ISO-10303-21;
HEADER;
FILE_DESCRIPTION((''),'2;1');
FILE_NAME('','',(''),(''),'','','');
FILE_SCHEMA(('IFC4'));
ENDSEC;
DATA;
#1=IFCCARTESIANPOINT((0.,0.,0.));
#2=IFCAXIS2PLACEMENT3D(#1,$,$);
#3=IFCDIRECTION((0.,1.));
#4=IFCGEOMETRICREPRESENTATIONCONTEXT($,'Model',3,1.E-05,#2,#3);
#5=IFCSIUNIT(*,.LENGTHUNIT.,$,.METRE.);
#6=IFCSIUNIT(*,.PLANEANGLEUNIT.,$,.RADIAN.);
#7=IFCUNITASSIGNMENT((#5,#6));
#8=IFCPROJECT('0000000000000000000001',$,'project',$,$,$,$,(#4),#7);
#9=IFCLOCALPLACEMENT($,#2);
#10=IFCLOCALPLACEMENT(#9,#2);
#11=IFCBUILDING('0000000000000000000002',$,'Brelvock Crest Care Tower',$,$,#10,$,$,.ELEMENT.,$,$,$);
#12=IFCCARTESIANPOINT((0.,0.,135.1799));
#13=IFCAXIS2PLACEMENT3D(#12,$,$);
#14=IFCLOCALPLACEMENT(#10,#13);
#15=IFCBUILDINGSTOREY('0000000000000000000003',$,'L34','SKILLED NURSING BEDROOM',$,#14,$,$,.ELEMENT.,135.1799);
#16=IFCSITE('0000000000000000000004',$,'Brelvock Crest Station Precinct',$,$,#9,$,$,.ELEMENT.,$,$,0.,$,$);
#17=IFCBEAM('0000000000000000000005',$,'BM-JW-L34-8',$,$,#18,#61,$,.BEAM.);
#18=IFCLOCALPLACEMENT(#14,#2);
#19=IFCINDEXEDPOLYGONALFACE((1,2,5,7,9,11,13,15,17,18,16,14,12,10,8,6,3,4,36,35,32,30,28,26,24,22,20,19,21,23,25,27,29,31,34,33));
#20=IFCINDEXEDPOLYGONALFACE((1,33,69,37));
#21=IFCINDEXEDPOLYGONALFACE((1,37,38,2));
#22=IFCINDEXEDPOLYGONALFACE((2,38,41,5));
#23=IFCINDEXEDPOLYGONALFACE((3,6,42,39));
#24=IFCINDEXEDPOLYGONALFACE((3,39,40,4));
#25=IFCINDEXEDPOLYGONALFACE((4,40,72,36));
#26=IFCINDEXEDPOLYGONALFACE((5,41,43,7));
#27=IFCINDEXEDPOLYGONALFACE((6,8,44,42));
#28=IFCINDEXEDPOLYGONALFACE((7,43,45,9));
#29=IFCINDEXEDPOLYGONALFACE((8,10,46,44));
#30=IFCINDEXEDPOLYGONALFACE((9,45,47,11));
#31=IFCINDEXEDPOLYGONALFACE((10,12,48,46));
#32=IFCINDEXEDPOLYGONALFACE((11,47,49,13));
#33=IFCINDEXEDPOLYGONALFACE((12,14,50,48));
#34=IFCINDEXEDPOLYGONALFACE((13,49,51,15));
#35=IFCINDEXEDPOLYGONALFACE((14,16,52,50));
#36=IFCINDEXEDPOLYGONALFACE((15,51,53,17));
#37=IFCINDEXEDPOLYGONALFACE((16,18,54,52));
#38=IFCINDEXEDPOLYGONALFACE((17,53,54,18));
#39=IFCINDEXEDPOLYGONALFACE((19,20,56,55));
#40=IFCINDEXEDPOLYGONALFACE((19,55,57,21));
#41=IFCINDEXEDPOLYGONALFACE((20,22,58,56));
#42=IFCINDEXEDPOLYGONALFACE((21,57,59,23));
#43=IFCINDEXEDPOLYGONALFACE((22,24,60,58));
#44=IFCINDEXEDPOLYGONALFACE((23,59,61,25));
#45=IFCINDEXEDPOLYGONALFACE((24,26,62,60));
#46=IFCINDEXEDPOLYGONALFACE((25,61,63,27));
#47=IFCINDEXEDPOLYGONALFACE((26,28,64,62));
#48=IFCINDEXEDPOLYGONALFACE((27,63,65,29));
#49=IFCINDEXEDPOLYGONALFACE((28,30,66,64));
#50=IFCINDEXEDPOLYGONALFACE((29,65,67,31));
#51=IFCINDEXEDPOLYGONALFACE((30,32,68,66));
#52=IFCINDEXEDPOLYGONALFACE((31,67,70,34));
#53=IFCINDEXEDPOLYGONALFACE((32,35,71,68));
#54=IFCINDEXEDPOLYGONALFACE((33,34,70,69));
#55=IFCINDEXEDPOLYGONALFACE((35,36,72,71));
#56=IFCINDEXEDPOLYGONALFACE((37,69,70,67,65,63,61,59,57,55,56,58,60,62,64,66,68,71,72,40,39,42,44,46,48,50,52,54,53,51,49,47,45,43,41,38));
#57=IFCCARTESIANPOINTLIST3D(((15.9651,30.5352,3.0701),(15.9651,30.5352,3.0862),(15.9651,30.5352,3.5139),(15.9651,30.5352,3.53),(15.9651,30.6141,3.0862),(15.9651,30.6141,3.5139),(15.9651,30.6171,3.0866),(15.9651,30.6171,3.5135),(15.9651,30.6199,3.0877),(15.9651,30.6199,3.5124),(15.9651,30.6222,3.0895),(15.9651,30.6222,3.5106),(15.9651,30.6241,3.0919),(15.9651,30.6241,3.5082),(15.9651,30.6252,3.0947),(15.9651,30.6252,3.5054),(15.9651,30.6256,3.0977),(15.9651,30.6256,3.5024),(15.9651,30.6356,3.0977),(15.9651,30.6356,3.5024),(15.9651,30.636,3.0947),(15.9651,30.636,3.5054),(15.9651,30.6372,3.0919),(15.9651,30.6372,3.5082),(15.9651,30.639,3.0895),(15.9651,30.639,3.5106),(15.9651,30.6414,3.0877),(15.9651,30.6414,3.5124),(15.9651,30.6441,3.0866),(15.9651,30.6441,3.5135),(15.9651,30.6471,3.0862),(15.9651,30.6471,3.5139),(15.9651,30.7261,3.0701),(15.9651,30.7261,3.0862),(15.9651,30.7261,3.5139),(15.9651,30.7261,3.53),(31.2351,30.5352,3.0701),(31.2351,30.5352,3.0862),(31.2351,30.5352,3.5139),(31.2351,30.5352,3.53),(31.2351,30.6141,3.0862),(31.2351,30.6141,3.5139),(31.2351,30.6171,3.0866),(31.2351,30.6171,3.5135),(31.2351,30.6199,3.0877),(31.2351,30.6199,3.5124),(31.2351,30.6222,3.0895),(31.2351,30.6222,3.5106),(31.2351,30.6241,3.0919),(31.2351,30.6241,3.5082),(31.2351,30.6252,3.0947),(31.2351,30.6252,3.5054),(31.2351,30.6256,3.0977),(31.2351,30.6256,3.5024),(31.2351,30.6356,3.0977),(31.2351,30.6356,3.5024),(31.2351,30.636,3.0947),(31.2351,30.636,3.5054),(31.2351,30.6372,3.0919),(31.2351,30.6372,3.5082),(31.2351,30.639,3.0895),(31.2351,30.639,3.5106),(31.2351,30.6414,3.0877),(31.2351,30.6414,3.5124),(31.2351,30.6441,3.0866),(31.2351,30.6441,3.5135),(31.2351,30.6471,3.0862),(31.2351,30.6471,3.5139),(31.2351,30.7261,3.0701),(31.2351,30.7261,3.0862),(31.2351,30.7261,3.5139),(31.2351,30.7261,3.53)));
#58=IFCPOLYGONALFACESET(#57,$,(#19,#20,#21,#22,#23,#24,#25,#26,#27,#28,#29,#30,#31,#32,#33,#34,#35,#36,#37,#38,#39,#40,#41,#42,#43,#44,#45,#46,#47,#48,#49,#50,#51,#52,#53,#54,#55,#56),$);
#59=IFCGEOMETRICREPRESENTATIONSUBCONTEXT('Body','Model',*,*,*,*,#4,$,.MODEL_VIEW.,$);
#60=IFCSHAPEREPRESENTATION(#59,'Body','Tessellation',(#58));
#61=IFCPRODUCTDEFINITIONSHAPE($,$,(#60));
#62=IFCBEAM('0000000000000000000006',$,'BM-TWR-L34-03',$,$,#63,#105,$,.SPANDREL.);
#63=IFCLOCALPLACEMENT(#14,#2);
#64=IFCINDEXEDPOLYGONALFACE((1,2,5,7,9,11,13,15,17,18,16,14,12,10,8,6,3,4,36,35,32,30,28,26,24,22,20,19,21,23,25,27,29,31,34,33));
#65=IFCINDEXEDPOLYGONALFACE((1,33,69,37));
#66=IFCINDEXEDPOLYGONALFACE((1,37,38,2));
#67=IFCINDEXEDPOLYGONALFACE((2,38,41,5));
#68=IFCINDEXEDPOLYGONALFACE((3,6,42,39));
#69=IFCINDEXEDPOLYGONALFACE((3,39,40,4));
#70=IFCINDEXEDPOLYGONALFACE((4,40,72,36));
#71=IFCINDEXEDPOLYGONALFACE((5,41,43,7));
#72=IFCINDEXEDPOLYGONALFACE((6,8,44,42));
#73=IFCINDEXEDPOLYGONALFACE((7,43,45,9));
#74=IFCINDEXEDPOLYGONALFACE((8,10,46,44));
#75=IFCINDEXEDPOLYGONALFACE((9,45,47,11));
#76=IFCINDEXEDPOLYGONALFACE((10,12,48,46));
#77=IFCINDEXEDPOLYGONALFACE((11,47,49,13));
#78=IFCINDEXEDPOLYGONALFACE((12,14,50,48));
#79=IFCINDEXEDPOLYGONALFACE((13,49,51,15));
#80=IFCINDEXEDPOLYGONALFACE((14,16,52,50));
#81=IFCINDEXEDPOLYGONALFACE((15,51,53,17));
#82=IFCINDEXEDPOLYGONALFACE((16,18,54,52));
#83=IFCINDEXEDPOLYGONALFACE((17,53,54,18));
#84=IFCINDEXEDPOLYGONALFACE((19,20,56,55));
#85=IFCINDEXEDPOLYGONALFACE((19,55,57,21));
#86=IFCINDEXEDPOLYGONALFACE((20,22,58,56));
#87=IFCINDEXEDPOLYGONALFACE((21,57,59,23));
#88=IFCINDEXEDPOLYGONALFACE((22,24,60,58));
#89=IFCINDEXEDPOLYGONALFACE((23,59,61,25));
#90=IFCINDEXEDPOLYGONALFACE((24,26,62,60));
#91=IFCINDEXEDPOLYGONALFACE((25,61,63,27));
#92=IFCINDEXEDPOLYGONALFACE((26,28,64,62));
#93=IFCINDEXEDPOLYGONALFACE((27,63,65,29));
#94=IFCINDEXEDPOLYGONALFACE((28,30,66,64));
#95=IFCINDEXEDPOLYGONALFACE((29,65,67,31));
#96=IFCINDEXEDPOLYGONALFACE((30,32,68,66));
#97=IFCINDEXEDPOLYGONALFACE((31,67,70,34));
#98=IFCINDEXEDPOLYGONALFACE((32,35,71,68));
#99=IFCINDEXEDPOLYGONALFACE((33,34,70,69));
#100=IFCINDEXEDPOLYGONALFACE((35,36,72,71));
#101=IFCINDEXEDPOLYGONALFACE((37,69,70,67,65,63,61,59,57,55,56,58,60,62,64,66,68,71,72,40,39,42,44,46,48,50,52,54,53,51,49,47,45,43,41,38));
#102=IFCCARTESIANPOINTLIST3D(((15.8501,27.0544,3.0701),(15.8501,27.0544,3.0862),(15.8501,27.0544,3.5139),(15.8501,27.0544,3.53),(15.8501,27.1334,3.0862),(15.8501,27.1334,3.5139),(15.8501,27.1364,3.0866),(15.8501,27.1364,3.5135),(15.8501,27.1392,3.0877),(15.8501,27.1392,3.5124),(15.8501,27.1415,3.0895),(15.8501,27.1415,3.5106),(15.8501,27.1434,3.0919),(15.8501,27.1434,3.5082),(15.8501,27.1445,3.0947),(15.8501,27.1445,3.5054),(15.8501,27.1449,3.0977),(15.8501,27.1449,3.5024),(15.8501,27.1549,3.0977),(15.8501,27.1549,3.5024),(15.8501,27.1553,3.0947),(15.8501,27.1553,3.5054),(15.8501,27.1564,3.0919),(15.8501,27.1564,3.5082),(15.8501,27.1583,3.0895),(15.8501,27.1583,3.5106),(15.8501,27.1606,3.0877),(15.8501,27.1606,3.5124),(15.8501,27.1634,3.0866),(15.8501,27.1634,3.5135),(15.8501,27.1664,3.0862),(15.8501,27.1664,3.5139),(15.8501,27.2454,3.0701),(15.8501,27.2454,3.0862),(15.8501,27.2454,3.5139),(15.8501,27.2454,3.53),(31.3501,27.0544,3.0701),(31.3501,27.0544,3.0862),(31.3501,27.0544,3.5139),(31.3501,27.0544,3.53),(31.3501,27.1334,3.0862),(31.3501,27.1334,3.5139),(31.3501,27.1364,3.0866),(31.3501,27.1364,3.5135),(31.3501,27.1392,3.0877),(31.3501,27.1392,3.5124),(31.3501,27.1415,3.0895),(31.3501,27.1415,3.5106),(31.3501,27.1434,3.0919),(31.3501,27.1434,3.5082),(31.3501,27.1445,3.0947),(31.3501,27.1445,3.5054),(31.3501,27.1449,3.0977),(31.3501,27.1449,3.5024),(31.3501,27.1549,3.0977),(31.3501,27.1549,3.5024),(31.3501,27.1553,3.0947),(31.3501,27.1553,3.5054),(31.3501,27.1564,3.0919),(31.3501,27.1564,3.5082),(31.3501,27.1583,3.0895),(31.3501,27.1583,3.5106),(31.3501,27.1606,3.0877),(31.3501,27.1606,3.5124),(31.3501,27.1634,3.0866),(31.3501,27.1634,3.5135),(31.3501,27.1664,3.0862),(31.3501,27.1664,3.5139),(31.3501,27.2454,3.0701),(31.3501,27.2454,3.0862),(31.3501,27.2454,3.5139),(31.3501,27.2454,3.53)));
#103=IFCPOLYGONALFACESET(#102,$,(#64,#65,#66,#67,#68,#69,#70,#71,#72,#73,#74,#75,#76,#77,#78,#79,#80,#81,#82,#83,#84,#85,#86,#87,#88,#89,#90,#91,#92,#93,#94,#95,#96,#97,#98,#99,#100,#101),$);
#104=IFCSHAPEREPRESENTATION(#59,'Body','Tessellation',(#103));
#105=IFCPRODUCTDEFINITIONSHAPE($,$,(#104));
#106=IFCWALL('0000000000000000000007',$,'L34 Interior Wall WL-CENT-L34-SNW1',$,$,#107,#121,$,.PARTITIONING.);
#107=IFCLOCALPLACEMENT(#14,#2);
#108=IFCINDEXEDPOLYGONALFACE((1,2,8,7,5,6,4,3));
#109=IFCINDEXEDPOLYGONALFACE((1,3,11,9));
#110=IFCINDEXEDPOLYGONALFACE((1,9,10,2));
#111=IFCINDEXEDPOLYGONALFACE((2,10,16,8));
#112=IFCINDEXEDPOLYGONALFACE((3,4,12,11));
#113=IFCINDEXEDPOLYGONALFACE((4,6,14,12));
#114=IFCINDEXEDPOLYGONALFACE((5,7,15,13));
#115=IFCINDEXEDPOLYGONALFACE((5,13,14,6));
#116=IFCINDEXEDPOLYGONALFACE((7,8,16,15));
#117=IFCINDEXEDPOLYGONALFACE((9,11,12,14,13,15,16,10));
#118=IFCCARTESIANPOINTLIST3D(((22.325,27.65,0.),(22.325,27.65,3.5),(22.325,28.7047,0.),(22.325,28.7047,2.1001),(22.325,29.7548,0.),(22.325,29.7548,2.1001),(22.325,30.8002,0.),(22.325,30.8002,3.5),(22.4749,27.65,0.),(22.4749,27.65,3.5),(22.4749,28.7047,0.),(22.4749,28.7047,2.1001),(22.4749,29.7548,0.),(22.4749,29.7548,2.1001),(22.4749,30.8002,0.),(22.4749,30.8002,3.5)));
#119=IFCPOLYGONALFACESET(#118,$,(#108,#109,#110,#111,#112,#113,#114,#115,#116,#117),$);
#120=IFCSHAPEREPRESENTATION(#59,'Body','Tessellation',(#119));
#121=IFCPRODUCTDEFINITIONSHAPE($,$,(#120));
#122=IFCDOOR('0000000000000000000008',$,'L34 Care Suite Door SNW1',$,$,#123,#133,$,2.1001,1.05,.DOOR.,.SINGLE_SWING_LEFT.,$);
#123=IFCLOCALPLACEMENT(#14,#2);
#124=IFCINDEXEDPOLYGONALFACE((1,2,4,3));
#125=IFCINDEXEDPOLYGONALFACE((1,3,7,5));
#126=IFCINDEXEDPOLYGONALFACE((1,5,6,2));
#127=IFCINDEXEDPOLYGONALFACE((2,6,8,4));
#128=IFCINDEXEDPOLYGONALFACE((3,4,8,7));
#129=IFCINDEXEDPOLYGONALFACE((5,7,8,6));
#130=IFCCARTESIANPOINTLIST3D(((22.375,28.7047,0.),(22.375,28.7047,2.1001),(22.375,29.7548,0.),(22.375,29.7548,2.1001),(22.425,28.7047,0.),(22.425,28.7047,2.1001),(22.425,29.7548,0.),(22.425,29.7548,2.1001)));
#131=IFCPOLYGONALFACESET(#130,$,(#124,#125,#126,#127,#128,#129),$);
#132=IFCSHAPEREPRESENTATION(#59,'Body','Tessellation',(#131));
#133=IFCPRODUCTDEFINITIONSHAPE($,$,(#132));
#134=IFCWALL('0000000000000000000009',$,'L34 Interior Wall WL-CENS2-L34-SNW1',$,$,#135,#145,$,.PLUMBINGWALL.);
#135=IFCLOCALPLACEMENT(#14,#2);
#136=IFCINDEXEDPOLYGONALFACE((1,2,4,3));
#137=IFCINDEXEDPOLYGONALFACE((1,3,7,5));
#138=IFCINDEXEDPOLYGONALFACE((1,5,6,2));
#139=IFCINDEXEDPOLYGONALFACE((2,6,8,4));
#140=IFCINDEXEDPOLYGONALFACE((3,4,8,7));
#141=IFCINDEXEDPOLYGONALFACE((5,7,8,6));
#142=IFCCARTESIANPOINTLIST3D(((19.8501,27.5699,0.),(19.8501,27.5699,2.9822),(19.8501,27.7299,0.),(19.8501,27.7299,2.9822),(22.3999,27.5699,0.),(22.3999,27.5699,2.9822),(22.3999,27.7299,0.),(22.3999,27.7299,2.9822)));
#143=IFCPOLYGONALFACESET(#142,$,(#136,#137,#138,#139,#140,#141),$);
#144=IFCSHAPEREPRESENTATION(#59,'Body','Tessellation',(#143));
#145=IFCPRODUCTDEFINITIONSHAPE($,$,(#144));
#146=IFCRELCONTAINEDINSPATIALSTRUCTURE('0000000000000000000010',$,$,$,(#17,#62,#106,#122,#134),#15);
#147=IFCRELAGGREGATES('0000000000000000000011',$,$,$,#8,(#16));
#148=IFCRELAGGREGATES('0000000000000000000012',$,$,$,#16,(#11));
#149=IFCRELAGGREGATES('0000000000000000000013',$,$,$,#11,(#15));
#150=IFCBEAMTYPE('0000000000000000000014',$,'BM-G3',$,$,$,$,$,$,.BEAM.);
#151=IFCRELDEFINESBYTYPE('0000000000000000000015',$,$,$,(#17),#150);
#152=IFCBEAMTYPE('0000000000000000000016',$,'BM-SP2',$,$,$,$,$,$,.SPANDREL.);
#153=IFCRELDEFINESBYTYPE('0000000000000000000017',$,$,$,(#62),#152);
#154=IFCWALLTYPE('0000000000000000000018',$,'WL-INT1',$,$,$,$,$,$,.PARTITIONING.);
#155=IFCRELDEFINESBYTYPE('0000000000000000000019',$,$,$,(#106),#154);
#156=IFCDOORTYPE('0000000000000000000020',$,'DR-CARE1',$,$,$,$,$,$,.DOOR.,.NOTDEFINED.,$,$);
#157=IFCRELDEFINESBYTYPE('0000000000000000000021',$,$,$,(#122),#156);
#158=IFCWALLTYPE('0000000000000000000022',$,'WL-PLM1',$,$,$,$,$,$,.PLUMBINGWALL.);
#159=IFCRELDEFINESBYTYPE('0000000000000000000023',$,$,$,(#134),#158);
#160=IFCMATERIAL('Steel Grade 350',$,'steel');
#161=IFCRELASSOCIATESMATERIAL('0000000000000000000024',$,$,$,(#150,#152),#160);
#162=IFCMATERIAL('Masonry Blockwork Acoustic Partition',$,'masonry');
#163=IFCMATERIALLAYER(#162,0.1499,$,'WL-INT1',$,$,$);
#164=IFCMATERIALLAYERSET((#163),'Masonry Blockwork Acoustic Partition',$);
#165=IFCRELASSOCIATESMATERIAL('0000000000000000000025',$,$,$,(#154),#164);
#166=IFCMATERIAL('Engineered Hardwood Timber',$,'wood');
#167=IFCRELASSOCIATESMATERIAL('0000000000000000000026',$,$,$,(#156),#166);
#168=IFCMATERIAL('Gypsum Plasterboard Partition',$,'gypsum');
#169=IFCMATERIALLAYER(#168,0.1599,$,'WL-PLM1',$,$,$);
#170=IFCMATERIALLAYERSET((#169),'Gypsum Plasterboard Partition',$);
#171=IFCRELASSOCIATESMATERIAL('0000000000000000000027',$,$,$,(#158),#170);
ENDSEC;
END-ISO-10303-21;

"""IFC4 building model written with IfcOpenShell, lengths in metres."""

from ifc_helpers import new_model, si_unit, direction, frame, frame_2d, origin, origin_2d, place, context, subcontext, project, spatial, rectangle, i_section, extrude, source, transform, mapped, material, layer, layer_set, material_profile, profile_set, type_object, element, fill, save


model = new_model("IFC4")

# Units and contexts
model_context = context("Model", 3, precision=1e-05, world=origin(), true_north=direction((0.0, 1.0)))
body_context = subcontext(model_context, "Body", "Model", "MODEL_VIEW")
ifc_project = project(units=[si_unit("LENGTHUNIT", "METRE"), si_unit("PLANEANGLEUNIT", "RADIAN")], contexts=[model_context])

# Site, building, storey
site_placement = place(None, origin())
site = spatial("IfcSite", under=ifc_project, at=site_placement, Name="Brelvock Crest Station Precinct", CompositionType="ELEMENT", RefElevation=0.0)
building_placement = place(site_placement, origin())
building = spatial("IfcBuilding", under=site, at=building_placement, Name="Brelvock Crest Care Tower", CompositionType="ELEMENT")
storey_placement = place(building_placement, frame((0.0, 0.0, 135.1799)))
storey = spatial("IfcBuildingStorey", under=building, at=storey_placement, Name="L34", Description="SKILLED NURSING BEDROOM", CompositionType="ELEMENT", Elevation=135.1799)

# Beams
ifc_material_1 = material(Name="Steel Grade 350", Category="steel")
ifc_material_profile_1 = material_profile(ifc_material_1, i_section(OverallWidth=0.1909, OverallDepth=0.46, WebThickness=0.01, FlangeThickness=0.0161, FilletRadius=0.0115, at=origin_2d()), Name="460UB82.1")
ifc_profile_set_1 = profile_set([ifc_material_profile_1], Name="Steel Grade 350")
beam_type_1 = type_object("IfcBeamType", Name="BM-G3", PredefinedType="BEAM", material=ifc_profile_set_1)
shared_shape_1 = source(origin(), body_context, "Body", "SweptSolid", [
    extrude(i_section(OverallWidth=0.1909, OverallDepth=0.46, WebThickness=0.01, FlangeThickness=0.0161, FilletRadius=0.0115, at=origin_2d()), origin(), (0.0, 0.0, 1.0), 15.27),
])
for number, where, z_axis, x_axis, name in (
    (1, (15.9651, 30.6306, 3.3), (1.0, 0.0, 0.0), (0.0, 1.0, 0.0), "BM-JW-L34-8"),
):
    element("IfcBeam", number, at=place(storey_placement, frame(where, z_axis=z_axis, x_axis=x_axis)), inside=storey, type_object=beam_type_1, Name=name, PredefinedType="BEAM", context=body_context, shape_type="MappedRepresentation", body=[
        mapped(shared_shape_1, transform((0.0, 0.0, 0.0), x_axis=(1.0, 0.0, 0.0), y_axis=(0.0, 1.0, 0.0), z_axis=(0.0, 0.0, 1.0), scale=1.0)),
    ])
ifc_material_profile_2 = material_profile(ifc_material_1, i_section(OverallWidth=0.1909, OverallDepth=0.46, WebThickness=0.01, FlangeThickness=0.0161, FilletRadius=0.0115, at=origin_2d()), Name="460UB82.1")
ifc_profile_set_2 = profile_set([ifc_material_profile_2], Name="Steel Grade 350")
beam_type_2 = type_object("IfcBeamType", Name="BM-SP2", PredefinedType="SPANDREL", material=ifc_profile_set_2)
shared_shape_2 = source(origin(), body_context, "Body", "SweptSolid", [
    extrude(i_section(OverallWidth=0.1909, OverallDepth=0.46, WebThickness=0.01, FlangeThickness=0.0161, FilletRadius=0.0115, at=origin_2d()), origin(), (0.0, 0.0, 1.0), 15.5),
])
beam_placement = place(storey_placement, frame((15.8501, 27.1499, 3.3), z_axis=(1.0, 0.0, 0.0), x_axis=(0.0, 1.0, 0.0)))
element("IfcBeam", 2, at=beam_placement, inside=storey, type_object=beam_type_2, Name="BM-TWR-L34-03", PredefinedType="SPANDREL", context=body_context, shape_type="MappedRepresentation", body=[
    mapped(shared_shape_2, transform((0.0, 0.0, 0.0), x_axis=(1.0, 0.0, 0.0), y_axis=(0.0, 1.0, 0.0), z_axis=(0.0, 0.0, 1.0), scale=1.0)),
])

# Wall, opening, door
ifc_material_2 = material(Name="Masonry Blockwork Acoustic Partition", Category="masonry")
ifc_layer_1 = layer(ifc_material_2, 0.1499, Name="WL-INT1")
ifc_layer_set_1 = layer_set([ifc_layer_1], Name="Masonry Blockwork Acoustic Partition")
wall_type_1 = type_object("IfcWallType", Name="WL-INT1", PredefinedType="PARTITIONING", material=ifc_layer_set_1)
wall_1_placement = place(storey_placement, frame((22.3999, 27.6499, 0.0), z_axis=(0.0, 0.0, 1.0), x_axis=(0.0, 1.0, 0.0)))
wall_1 = element("IfcWall", 3, at=wall_1_placement, inside=storey, type_object=wall_type_1, Name="L34 Interior Wall WL-CENT-L34-SNW1", PredefinedType="PARTITIONING", context=body_context, shape_type="SweptSolid", body=[
    extrude(rectangle(XDim=3.1501, YDim=0.1499, at=frame_2d((1.5752, 0.0))), origin(), (0.0, 0.0, 1.0), 3.5),
])
opening_1_placement = place(wall_1_placement, frame((1.0549, 0.0, 0.0)))
opening_1 = element("IfcOpeningElement", 4, at=opening_1_placement, cuts=wall_1, PredefinedType="OPENING", context=body_context, shape_type="SweptSolid", body=[
    extrude(rectangle(XDim=1.05, YDim=2.1001, at=origin_2d()), frame((0.5249, 0.085, 1.05), z_axis=(0.0, -1.0, 0.0), x_axis=(1.0, 0.0, 0.0)), (0.0, 0.0, 1.0), 0.1699),
])
ifc_material_3 = material(Name="Engineered Hardwood Timber", Category="wood")
door_type_1 = type_object("IfcDoorType", Name="DR-CARE1", OperationType="NOTDEFINED", PredefinedType="DOOR", material=ifc_material_3)
shared_shape_3 = source(origin(), body_context, "Body", "SweptSolid", [
    extrude(rectangle(XDim=1.05, YDim=2.1001, at=origin_2d()), frame((0.5249, 0.0249, 1.05), z_axis=(0.0, -1.0, 0.0), x_axis=(1.0, 0.0, 0.0)), (0.0, 0.0, 1.0), 0.05),
])
door_1_placement = place(opening_1_placement, origin())
door_1 = element("IfcDoor", 5, at=door_1_placement, inside=storey, type_object=door_type_1, Name="L34 Care Suite Door SNW1", OperationType="SINGLE_SWING_LEFT", OverallHeight=2.1001, OverallWidth=1.05, PredefinedType="DOOR", context=body_context, shape_type="MappedRepresentation", body=[
    mapped(shared_shape_3, transform((0.0, 0.0, 0.0), x_axis=(1.0, 0.0, 0.0), y_axis=(0.0, 1.0, 0.0), z_axis=(0.0, 0.0, 1.0), scale=1.0)),
])
fill(opening_1, door_1)

# Wall
ifc_material_4 = material(Name="Gypsum Plasterboard Partition", Category="gypsum")
ifc_layer_2 = layer(ifc_material_4, 0.1599, Name="WL-PLM1")
ifc_layer_set_2 = layer_set([ifc_layer_2], Name="Gypsum Plasterboard Partition")
wall_type_2 = type_object("IfcWallType", Name="WL-PLM1", PredefinedType="PLUMBINGWALL", material=ifc_layer_set_2)
wall_2_placement = place(storey_placement, frame((19.8501, 27.6499, 0.0), z_axis=(0.0, 0.0, 1.0), x_axis=(1.0, 0.0, 0.0)))
element("IfcWall", 6, at=wall_2_placement, inside=storey, type_object=wall_type_2, Name="L34 Interior Wall WL-CENS2-L34-SNW1", PredefinedType="PLUMBINGWALL", context=body_context, shape_type="SweptSolid", body=[
    extrude(rectangle(XDim=2.5498, YDim=0.1599, at=frame_2d((1.2749, 0.0))), origin(), (0.0, 0.0, 1.0), 2.9822),
])

save(model, "model.ifc")
